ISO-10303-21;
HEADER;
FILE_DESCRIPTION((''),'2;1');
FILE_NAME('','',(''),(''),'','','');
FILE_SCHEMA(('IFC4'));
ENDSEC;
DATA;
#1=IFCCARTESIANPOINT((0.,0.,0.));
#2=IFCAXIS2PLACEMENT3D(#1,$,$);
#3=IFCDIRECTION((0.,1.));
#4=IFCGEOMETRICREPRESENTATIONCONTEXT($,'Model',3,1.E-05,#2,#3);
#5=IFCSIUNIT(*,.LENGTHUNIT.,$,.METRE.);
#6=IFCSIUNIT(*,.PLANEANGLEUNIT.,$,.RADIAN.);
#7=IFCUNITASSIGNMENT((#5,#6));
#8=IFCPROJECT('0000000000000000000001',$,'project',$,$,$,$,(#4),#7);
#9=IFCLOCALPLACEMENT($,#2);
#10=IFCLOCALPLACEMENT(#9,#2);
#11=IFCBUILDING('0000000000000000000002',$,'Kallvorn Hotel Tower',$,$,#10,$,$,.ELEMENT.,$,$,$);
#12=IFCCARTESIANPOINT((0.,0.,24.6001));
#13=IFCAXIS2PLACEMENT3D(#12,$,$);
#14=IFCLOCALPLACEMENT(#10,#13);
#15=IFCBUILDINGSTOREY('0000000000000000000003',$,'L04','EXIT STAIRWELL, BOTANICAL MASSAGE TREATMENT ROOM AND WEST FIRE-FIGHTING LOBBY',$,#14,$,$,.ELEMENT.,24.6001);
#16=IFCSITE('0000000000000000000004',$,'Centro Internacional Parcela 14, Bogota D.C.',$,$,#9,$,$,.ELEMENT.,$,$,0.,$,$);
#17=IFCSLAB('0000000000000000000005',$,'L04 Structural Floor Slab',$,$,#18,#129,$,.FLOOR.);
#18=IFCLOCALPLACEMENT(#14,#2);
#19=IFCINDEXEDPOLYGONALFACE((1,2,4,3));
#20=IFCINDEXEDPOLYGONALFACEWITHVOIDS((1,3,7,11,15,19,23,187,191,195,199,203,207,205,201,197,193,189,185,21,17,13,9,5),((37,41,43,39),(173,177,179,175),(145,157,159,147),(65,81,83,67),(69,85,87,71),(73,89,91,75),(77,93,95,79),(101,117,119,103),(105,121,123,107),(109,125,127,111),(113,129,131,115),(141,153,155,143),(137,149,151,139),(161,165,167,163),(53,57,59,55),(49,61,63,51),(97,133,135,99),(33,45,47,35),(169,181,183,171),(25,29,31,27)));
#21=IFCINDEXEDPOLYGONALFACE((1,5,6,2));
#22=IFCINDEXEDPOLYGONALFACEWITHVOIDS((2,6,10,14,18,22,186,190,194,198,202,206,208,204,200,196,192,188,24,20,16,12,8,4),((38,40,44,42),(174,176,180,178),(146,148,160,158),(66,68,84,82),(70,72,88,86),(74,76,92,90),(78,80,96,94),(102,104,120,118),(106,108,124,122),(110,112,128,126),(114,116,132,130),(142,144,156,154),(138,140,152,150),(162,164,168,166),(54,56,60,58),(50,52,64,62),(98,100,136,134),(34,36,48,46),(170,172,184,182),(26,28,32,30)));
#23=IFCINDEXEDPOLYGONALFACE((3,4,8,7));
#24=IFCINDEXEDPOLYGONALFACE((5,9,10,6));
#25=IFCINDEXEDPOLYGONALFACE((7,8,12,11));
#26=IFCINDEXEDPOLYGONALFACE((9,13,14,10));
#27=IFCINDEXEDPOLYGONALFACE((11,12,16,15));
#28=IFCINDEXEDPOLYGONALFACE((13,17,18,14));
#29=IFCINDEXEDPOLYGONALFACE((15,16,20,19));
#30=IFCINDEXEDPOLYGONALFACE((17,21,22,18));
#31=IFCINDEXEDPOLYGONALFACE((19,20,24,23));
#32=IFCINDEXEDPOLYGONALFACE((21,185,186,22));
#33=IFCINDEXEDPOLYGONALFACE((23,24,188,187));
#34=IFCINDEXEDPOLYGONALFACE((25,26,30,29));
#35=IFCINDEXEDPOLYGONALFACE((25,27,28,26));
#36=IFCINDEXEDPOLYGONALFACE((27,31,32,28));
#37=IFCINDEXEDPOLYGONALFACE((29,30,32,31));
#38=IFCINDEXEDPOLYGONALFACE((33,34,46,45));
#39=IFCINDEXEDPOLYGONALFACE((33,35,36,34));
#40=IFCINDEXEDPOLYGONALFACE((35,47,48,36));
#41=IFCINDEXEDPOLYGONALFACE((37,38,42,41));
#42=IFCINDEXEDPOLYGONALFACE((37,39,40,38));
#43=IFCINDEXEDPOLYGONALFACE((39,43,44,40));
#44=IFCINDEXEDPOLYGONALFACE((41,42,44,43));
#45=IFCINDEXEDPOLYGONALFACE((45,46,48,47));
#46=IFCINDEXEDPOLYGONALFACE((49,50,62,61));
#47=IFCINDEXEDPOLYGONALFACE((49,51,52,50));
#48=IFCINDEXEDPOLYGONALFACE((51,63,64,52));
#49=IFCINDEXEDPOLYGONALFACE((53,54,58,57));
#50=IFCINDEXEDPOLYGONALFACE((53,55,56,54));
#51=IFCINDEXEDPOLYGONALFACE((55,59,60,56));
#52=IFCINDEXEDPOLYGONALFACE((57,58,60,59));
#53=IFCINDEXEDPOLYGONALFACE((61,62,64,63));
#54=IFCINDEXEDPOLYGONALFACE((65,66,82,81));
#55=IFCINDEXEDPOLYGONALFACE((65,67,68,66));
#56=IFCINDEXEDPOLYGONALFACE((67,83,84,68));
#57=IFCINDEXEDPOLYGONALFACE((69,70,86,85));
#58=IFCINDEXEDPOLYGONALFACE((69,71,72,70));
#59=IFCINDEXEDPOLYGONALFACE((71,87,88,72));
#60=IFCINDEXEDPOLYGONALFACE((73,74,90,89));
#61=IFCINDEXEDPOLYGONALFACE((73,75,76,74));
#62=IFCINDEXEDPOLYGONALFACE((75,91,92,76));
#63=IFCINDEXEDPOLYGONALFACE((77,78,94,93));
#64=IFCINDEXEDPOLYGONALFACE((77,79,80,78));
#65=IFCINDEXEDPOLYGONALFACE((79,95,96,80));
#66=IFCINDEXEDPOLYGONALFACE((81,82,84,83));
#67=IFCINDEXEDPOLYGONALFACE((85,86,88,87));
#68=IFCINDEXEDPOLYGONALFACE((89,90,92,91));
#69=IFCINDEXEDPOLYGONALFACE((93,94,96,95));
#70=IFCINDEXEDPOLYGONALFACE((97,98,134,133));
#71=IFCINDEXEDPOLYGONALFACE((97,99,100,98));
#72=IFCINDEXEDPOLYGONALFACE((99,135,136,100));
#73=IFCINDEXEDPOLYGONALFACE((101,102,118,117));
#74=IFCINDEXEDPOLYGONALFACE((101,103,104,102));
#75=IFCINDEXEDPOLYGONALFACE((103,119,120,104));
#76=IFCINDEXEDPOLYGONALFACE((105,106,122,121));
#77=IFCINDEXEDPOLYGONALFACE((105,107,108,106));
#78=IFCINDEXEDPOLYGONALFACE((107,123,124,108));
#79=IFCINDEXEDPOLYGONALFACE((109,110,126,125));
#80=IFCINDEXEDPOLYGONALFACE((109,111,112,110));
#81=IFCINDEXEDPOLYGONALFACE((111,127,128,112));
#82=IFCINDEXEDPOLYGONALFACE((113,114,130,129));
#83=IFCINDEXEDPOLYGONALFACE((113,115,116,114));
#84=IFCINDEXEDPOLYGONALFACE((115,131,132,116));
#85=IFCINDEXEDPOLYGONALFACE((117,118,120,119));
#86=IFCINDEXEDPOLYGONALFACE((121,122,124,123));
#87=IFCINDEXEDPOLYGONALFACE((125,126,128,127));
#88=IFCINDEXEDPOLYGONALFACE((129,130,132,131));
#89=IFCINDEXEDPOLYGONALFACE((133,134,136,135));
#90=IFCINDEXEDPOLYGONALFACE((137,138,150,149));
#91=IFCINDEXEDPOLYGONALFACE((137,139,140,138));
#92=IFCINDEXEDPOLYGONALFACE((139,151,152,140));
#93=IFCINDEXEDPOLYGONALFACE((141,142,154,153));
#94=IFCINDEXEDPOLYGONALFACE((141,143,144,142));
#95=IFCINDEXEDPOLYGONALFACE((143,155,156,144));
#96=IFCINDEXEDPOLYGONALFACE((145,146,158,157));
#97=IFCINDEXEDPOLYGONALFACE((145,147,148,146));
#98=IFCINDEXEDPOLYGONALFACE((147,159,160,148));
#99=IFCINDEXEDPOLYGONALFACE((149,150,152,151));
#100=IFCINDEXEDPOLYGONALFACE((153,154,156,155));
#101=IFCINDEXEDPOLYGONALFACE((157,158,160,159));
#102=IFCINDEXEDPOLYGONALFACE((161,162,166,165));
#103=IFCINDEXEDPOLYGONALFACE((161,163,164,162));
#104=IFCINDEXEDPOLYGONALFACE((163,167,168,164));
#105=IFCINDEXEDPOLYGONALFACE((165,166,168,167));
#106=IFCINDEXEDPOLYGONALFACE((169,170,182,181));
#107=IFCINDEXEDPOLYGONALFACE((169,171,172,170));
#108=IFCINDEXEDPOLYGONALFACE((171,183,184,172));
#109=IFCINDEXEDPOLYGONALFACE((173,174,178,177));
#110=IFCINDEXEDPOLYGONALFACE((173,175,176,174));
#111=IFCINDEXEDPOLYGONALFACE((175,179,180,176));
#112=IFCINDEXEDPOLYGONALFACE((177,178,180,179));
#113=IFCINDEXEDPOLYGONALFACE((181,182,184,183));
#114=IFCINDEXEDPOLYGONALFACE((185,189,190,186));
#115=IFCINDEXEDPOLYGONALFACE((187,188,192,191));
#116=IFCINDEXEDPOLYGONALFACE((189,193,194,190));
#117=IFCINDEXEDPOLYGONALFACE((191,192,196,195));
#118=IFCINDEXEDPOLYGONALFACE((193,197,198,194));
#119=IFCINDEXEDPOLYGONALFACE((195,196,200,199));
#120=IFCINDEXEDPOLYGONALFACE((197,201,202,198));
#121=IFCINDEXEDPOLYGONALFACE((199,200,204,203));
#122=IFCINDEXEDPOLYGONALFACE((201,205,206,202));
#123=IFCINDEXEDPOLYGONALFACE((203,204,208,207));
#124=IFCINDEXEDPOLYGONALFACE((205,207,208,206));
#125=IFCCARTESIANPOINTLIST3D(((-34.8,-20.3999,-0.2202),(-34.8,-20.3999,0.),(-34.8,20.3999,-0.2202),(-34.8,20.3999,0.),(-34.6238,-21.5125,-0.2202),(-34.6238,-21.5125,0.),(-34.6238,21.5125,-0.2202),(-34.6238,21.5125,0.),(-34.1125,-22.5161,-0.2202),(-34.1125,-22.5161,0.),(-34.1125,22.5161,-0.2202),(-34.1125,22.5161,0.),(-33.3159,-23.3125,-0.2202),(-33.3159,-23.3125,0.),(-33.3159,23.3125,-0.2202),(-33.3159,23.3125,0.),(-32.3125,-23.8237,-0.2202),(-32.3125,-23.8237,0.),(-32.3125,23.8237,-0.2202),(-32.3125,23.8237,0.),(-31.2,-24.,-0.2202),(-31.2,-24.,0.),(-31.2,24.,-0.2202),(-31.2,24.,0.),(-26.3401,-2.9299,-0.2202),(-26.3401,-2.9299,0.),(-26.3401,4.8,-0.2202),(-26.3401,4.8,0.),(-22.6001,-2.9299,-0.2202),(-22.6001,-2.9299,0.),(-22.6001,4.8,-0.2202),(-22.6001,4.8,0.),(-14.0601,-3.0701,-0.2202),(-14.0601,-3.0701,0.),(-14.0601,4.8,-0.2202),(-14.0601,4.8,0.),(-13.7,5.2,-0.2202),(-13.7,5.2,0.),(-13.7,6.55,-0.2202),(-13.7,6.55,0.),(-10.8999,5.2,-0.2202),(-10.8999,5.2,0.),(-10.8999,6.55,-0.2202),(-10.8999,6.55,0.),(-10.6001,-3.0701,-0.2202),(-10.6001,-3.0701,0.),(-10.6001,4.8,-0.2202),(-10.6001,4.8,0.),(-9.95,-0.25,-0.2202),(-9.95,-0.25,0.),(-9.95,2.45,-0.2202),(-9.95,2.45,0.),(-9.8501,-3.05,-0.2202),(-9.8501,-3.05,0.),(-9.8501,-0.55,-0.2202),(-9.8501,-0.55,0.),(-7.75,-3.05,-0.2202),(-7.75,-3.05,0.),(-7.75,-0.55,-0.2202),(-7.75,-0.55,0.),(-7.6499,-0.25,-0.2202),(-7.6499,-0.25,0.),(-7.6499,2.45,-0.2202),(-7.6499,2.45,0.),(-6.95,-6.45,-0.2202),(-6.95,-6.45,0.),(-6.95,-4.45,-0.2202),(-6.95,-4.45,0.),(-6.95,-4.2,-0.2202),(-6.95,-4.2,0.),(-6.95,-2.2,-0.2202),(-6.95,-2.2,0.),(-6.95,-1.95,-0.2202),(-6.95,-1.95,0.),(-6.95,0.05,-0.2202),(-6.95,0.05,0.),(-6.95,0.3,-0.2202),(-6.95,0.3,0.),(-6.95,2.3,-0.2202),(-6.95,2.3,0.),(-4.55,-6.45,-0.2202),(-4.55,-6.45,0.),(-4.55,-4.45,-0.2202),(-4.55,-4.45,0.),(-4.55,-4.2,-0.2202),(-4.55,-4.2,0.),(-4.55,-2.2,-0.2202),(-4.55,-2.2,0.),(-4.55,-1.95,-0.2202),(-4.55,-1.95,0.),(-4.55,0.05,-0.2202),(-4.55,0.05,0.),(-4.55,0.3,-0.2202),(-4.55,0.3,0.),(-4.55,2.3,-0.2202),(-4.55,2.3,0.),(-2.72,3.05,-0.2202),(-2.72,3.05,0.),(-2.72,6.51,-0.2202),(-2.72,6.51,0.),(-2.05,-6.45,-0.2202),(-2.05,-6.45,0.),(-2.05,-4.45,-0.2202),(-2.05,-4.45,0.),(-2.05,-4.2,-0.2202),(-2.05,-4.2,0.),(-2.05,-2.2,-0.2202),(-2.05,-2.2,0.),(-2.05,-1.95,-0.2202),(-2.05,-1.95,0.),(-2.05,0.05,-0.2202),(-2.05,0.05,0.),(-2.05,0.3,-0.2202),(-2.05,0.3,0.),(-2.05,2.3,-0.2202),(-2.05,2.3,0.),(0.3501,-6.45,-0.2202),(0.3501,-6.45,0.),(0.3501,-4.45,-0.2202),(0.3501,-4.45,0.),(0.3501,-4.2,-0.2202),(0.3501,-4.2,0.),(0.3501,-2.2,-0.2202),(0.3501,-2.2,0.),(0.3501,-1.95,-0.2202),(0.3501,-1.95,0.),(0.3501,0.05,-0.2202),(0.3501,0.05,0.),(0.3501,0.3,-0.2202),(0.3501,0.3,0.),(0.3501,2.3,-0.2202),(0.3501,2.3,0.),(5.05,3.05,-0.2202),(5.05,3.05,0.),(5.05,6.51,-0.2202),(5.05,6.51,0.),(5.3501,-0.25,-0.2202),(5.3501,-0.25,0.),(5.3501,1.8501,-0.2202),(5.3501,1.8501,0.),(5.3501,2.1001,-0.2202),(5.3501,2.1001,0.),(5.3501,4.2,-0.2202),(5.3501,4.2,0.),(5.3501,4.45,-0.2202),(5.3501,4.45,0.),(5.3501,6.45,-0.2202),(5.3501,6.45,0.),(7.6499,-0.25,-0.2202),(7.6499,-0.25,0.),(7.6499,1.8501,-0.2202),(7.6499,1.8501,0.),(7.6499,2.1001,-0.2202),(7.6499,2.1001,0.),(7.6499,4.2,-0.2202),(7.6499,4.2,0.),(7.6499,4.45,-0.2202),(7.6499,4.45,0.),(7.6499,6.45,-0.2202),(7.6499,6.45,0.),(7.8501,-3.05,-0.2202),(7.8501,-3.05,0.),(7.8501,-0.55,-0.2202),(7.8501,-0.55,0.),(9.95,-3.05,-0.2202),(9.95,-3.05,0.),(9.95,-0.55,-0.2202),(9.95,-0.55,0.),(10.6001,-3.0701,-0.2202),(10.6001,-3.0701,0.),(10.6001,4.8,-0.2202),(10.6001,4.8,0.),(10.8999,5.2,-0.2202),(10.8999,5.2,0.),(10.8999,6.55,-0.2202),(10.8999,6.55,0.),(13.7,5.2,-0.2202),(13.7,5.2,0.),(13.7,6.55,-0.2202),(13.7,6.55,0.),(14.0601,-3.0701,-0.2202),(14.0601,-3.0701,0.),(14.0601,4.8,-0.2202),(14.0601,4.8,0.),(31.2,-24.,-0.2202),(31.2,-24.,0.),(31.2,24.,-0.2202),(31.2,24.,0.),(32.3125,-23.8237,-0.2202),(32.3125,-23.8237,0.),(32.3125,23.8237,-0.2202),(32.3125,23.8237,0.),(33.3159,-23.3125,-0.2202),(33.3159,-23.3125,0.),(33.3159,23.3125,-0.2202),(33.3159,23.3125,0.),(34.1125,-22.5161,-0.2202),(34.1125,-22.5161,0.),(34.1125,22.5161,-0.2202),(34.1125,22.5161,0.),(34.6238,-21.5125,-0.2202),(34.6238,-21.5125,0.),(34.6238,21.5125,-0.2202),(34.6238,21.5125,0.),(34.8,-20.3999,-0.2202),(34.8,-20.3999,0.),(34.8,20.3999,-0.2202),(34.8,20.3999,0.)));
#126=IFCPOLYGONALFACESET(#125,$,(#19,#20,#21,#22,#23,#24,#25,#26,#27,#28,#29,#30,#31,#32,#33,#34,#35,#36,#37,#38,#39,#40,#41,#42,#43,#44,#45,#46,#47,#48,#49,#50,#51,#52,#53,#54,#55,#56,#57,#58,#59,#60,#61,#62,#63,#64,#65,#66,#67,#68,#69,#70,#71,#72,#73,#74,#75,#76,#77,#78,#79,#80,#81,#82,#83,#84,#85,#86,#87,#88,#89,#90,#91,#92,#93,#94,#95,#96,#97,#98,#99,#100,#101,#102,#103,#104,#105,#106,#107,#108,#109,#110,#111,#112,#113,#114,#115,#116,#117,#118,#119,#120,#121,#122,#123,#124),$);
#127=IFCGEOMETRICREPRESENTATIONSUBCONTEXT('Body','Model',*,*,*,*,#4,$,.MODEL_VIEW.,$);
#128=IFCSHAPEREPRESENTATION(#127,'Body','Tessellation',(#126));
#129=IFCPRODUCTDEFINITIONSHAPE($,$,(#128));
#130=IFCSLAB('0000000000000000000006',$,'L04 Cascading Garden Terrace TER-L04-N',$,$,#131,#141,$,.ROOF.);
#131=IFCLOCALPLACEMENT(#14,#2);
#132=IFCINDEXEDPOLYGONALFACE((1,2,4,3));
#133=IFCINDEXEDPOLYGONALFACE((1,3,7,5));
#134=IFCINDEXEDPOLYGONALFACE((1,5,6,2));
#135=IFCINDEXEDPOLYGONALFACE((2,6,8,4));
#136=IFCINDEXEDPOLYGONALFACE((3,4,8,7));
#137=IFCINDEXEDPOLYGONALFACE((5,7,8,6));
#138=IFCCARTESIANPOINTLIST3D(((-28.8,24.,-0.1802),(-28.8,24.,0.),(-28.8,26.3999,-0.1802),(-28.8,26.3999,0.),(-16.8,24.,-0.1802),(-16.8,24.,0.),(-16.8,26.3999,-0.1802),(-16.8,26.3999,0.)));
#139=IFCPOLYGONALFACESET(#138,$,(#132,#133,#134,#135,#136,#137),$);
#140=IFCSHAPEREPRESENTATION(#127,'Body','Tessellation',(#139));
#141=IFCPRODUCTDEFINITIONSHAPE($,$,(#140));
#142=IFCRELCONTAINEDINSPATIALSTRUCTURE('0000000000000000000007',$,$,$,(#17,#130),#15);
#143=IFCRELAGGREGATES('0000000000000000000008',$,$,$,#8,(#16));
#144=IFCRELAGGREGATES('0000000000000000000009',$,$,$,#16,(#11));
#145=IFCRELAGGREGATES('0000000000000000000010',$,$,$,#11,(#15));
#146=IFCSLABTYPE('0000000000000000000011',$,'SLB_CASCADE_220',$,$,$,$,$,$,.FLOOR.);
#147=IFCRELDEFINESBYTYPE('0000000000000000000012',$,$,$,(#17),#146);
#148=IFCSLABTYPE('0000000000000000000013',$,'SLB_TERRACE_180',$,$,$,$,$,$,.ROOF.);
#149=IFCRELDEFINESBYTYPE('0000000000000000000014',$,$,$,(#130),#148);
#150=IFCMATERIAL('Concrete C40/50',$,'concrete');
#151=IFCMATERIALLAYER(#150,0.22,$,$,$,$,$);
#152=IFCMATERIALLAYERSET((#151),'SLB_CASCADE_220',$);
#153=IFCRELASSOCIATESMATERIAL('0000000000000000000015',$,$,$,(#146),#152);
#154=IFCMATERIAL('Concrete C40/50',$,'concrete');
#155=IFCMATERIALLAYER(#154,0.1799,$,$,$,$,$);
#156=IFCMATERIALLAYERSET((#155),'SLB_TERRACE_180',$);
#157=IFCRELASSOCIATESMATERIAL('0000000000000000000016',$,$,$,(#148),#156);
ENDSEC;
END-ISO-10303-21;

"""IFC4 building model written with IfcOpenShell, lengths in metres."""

from ifc_helpers import new_model, si_unit, direction, frame, origin, place, context, subcontext, project, spatial, polyline, outline, extrude, material, layer, layer_set, type_object, element, save


model = new_model("IFC4")

# Units and contexts
model_context = context("Model", 3, precision=1e-05, world=origin(), true_north=direction((0.0, 1.0)))
body_context = subcontext(model_context, "Body", "Model", "MODEL_VIEW")
ifc_project = project(units=[si_unit("LENGTHUNIT", "METRE"), si_unit("PLANEANGLEUNIT", "RADIAN")], contexts=[model_context])

# Site, building, storey
site_placement = place(None, origin())
site = spatial("IfcSite", under=ifc_project, at=site_placement, Name="Centro Internacional Parcela 14, Bogota D.C.", CompositionType="ELEMENT", RefElevation=0.0)
building_placement = place(site_placement, origin())
building = spatial("IfcBuilding", under=site, at=building_placement, Name="Kallvorn Hotel Tower", CompositionType="ELEMENT")
storey_placement = place(building_placement, frame((0.0, 0.0, 24.6001)))
storey = spatial("IfcBuildingStorey", under=building, at=storey_placement, Name="L04", Description="EXIT STAIRWELL, BOTANICAL MASSAGE TREATMENT ROOM AND WEST FIRE-FIGHTING LOBBY", CompositionType="ELEMENT", Elevation=24.6001)

# Slabs
ifc_material_1 = material(Name="Concrete C40/50", Category="concrete")
ifc_layer_1 = layer(ifc_material_1, 0.22)
ifc_layer_set_1 = layer_set([ifc_layer_1], Name="SLB_CASCADE_220")
slab_type_1 = type_object("IfcSlabType", Name="SLB_CASCADE_220", PredefinedType="FLOOR", material=ifc_layer_set_1)
slab_1_placement = place(storey_placement, frame((0.0, 0.0, -0.2202)))
element("IfcSlab", 1, at=slab_1_placement, inside=storey, type_object=slab_type_1, Name="L04 Structural Floor Slab", PredefinedType="FLOOR", context=body_context, shape_type="SweptSolid", body=[
    extrude(outline(polyline([(31.2, -24.0), (32.3125, -23.8237), (33.3159, -23.3125), (34.1125, -22.5161), (34.6238, -21.5125), (34.8, -20.3999), (34.8, 20.3999), (34.6238, 21.5125), (34.1125, 22.5161), (33.3159, 23.3125), (32.3125, 23.8237), (31.2, 24.0), (-31.2, 24.0), (-32.3125, 23.8237), (-33.3159, 23.3125), (-34.1125, 22.5161), (-34.6238, 21.5125), (-34.8, 20.3999), (-34.8, -20.3999), (-34.6238, -21.5125), (-34.1125, -22.5161), (-33.3159, -23.3125), (-32.3125, -23.8237), (-31.2, -24.0), (31.2, -24.0)]), holes=[polyline([(-10.6001, -3.0701), (-10.6001, 4.8), (-14.0601, 4.8), (-14.0601, -3.0701), (-10.6001, -3.0701)]), polyline([(14.0601, -3.0701), (14.0601, 4.8), (10.6001, 4.8), (10.6001, -3.0701), (14.0601, -3.0701)]), polyline([(-2.72, 3.05), (5.05, 3.05), (5.05, 6.51), (-2.72, 6.51), (-2.72, 3.05)]), polyline([(-22.6001, -2.9299), (-22.6001, 4.8), (-26.3401, 4.8), (-26.3401, -2.9299), (-22.6001, -2.9299)]), polyline([(-6.95, -6.45), (-4.55, -6.45), (-4.55, -4.45), (-6.95, -4.45), (-6.95, -6.45)]), polyline([(-6.95, -4.2), (-4.55, -4.2), (-4.55, -2.2), (-6.95, -2.2), (-6.95, -4.2)]), polyline([(-6.95, -1.95), (-4.55, -1.95), (-4.55, 0.05), (-6.95, 0.05), (-6.95, -1.95)]), polyline([(-6.95, 0.3), (-4.55, 0.3), (-4.55, 2.3), (-6.95, 2.3), (-6.95, 0.3)]), polyline([(-2.05, -6.45), (0.3501, -6.45), (0.3501, -4.45), (-2.05, -4.45), (-2.05, -6.45)]), polyline([(-2.05, -4.2), (0.3501, -4.2), (0.3501, -2.2), (-2.05, -2.2), (-2.05, -4.2)]), polyline([(-2.05, -1.95), (0.3501, -1.95), (0.3501, 0.05), (-2.05, 0.05), (-2.05, -1.95)]), polyline([(-2.05, 0.3), (0.3501, 0.3), (0.3501, 2.3), (-2.05, 2.3), (-2.05, 0.3)]), polyline([(5.3501, -0.25), (7.6499, -0.25), (7.6499, 1.8501), (5.3501, 1.8501), (5.3501, -0.25)]), polyline([(5.3501, 2.1001), (7.6499, 2.1001), (7.6499, 4.2), (5.3501, 4.2), (5.3501, 2.1001)]), polyline([(5.3501, 4.45), (7.6499, 4.45), (7.6499, 6.45), (5.3501, 6.45), (5.3501, 4.45)]), polyline([(-9.8501, -3.05), (-7.75, -3.05), (-7.75, -0.55), (-9.8501, -0.55), (-9.8501, -3.05)]), polyline([(7.8501, -3.05), (9.95, -3.05), (9.95, -0.55), (7.8501, -0.55), (7.8501, -3.05)]), polyline([(-9.95, -0.25), (-7.6499, -0.25), (-7.6499, 2.45), (-9.95, 2.45), (-9.95, -0.25)]), polyline([(-13.7, 5.2), (-10.8999, 5.2), (-10.8999, 6.55), (-13.7, 6.55), (-13.7, 5.2)]), polyline([(10.8999, 5.2), (13.7, 5.2), (13.7, 6.55), (10.8999, 6.55), (10.8999, 5.2)])]), origin(), (0.0, 0.0, 1.0), 0.2202),
])
ifc_material_2 = material(Name="Concrete C40/50", Category="concrete")
ifc_layer_2 = layer(ifc_material_2, 0.1799)
ifc_layer_set_2 = layer_set([ifc_layer_2], Name="SLB_TERRACE_180")
slab_type_2 = type_object("IfcSlabType", Name="SLB_TERRACE_180", PredefinedType="ROOF", material=ifc_layer_set_2)
slab_2_placement = place(storey_placement, frame((0.0, 0.0, -0.1802)))
element("IfcSlab", 2, at=slab_2_placement, inside=storey, type_object=slab_type_2, Name="L04 Cascading Garden Terrace TER-L04-N", PredefinedType="ROOF", context=body_context, shape_type="SweptSolid", body=[
    extrude(outline(polyline([(-28.8, 24.0), (-16.8, 24.0), (-16.8, 26.3999), (-28.8, 26.3999), (-28.8, 24.0)])), origin(), (0.0, 0.0, 1.0), 0.1802),
])

save(model, "model.ifc")
